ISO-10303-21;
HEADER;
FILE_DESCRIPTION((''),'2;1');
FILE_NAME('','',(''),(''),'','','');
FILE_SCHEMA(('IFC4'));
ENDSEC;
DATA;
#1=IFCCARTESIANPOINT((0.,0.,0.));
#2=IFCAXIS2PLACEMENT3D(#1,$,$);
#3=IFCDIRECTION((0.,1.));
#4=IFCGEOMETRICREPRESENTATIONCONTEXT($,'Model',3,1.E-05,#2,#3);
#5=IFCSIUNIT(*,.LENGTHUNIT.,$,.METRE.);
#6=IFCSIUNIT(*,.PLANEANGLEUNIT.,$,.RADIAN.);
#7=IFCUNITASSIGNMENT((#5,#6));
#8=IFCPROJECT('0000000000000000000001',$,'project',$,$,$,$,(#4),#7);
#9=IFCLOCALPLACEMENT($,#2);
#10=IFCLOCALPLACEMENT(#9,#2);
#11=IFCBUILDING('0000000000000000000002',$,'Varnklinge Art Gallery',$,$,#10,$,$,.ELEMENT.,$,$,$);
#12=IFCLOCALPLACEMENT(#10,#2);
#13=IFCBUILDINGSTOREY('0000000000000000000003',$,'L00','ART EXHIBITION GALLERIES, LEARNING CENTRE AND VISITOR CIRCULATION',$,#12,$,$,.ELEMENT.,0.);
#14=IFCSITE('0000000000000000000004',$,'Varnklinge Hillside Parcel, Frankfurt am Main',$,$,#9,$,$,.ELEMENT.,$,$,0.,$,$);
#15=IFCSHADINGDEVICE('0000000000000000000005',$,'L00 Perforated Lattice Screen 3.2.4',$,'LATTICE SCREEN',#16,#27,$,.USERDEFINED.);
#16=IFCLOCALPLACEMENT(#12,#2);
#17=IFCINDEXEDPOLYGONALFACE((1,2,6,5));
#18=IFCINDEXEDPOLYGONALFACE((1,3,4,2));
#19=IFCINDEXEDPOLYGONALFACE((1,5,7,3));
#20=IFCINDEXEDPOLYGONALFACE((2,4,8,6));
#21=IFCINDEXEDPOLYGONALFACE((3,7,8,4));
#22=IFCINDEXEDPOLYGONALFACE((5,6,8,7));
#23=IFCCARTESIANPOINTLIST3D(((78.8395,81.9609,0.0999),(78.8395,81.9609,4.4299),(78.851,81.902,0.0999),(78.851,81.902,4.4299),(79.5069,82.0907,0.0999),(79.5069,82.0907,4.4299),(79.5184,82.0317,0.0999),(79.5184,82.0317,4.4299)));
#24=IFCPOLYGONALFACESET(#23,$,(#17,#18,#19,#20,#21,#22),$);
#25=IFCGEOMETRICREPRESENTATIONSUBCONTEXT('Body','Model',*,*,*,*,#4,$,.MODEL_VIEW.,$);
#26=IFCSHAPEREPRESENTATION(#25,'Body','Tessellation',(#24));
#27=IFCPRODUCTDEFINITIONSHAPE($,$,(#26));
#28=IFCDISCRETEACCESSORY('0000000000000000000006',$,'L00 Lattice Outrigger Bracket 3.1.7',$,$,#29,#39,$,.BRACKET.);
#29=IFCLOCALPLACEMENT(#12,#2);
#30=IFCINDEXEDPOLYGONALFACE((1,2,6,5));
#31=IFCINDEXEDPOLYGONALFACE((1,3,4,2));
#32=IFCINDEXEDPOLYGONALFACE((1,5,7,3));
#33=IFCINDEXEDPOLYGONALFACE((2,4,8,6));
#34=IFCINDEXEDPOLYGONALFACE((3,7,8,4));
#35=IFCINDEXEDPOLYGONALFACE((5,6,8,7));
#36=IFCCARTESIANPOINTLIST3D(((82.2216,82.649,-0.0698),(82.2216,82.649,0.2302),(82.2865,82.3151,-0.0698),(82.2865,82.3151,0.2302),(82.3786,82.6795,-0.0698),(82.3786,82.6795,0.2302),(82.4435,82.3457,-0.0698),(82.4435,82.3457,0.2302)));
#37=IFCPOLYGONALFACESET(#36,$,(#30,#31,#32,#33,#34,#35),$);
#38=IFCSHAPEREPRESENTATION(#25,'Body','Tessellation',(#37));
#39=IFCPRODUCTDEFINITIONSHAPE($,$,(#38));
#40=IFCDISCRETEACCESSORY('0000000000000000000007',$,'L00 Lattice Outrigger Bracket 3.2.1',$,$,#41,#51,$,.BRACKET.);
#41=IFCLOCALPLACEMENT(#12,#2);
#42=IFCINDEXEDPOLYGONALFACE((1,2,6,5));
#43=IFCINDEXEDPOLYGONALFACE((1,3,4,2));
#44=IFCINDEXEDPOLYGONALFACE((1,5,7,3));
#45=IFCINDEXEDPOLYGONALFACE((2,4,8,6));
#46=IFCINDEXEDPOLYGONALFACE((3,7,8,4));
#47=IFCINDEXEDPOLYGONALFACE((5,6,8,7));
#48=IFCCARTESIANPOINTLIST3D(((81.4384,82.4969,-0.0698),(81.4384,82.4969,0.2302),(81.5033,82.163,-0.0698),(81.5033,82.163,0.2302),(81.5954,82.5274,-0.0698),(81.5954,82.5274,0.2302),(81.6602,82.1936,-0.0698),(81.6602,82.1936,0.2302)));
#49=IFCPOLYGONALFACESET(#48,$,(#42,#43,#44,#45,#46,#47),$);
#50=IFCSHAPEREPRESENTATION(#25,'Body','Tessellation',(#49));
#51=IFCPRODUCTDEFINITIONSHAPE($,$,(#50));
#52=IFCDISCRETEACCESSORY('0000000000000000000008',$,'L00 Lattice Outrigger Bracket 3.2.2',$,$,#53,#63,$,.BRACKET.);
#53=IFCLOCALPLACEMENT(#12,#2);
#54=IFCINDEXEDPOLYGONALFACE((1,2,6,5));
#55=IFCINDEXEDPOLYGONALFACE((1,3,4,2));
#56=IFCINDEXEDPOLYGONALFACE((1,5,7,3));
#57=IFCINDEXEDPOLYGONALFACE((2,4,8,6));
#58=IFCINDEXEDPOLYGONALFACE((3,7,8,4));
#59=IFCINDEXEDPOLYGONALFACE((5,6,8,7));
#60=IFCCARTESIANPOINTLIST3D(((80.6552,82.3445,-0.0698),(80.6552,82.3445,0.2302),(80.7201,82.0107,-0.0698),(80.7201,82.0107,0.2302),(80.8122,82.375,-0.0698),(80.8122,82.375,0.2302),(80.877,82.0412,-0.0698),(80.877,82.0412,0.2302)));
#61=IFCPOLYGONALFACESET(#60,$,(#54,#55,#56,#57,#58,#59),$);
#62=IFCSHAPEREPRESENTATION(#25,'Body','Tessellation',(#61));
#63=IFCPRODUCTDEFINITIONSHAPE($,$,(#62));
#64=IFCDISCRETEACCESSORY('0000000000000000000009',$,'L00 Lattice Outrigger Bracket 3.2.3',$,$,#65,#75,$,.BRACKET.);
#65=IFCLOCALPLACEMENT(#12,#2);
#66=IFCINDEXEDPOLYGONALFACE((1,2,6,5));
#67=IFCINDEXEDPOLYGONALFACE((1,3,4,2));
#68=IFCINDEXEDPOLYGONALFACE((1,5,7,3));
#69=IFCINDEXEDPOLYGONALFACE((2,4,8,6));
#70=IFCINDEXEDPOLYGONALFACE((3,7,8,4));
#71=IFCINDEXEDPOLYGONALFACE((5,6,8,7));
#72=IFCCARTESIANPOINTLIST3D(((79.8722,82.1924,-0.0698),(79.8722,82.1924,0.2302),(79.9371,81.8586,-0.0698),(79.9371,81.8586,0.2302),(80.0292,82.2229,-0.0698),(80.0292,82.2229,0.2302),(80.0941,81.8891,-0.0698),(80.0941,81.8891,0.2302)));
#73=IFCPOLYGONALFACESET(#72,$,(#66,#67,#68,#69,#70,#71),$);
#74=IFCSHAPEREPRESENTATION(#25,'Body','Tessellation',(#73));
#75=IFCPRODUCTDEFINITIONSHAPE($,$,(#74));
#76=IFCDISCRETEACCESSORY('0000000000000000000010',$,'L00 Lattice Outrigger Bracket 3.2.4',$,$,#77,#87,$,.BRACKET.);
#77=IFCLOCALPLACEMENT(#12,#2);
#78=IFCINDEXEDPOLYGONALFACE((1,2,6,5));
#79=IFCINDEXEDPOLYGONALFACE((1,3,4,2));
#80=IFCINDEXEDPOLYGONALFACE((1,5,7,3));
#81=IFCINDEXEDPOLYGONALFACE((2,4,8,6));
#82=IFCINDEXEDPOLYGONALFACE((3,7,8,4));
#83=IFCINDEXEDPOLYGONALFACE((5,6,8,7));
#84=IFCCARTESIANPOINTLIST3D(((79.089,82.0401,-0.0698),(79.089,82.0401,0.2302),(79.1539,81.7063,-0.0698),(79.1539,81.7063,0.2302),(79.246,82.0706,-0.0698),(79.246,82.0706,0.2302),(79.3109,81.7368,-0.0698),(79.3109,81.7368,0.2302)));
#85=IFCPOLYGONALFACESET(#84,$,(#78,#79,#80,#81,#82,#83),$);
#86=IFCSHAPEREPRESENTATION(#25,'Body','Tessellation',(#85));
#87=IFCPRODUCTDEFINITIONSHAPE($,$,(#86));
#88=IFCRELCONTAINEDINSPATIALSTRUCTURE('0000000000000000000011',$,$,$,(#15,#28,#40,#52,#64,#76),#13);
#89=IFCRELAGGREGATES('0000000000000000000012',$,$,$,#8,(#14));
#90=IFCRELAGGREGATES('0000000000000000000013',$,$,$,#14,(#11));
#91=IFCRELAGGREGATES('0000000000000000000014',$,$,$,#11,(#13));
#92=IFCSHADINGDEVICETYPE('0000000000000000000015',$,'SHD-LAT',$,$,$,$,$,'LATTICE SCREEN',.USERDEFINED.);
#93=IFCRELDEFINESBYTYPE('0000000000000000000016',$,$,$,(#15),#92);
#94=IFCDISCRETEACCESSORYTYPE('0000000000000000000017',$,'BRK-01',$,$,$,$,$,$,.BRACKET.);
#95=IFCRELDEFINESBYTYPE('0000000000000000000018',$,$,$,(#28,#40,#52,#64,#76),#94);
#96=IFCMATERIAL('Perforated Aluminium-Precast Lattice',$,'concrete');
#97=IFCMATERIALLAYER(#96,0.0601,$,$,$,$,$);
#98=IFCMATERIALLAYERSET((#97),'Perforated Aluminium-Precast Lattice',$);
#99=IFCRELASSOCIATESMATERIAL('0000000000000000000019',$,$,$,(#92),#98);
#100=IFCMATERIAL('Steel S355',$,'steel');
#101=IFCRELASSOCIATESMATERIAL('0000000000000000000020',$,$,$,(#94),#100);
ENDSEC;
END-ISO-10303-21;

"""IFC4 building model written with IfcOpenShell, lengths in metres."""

from ifc_helpers import new_model, si_unit, direction, frame, origin, origin_2d, place, context, subcontext, project, spatial, rectangle, extrude, material, layer, layer_set, type_object, element, save


model = new_model("IFC4")

# Units and contexts
model_context = context("Model", 3, precision=1e-05, world=origin(), true_north=direction((0.0, 1.0)))
body_context = subcontext(model_context, "Body", "Model", "MODEL_VIEW")
ifc_project = project(units=[si_unit("LENGTHUNIT", "METRE"), si_unit("PLANEANGLEUNIT", "RADIAN")], contexts=[model_context])

# Site, building, storey
site_placement = place(None, origin())
site = spatial("IfcSite", under=ifc_project, at=site_placement, Name="Varnklinge Hillside Parcel, Frankfurt am Main", CompositionType="ELEMENT", RefElevation=0.0)
building_placement = place(site_placement, origin())
building = spatial("IfcBuilding", under=site, at=building_placement, Name="Varnklinge Art Gallery", CompositionType="ELEMENT")
storey_placement = place(building_placement, origin())
storey = spatial("IfcBuildingStorey", under=building, at=storey_placement, Name="L00", Description="ART EXHIBITION GALLERIES, LEARNING CENTRE AND VISITOR CIRCULATION", CompositionType="ELEMENT", Elevation=0.0)

# Shading device
ifc_material_1 = material(Name="Perforated Aluminium-Precast Lattice", Category="concrete")
ifc_layer_1 = layer(ifc_material_1, 0.0601)
ifc_layer_set_1 = layer_set([ifc_layer_1], Name="Perforated Aluminium-Precast Lattice")
shading_device_type = type_object("IfcShadingDeviceType", Name="SHD-LAT", ElementType="LATTICE SCREEN", PredefinedType="USERDEFINED", material=ifc_layer_set_1)
for number, where, z_axis, x_axis, name in (
    (1, (79.179, 81.9963, 0.0999), (0.0, 0.0, 1.0), (-0.981627, -0.190809, 0.0), "L00 Perforated Lattice Screen 3.2.4"),
):
    element("IfcShadingDevice", number, at=place(storey_placement, frame(where, z_axis=z_axis, x_axis=x_axis)), inside=storey, type_object=shading_device_type, Name=name, ObjectType="LATTICE SCREEN", PredefinedType="USERDEFINED", context=body_context, shape_type="SweptSolid", body=[
        extrude(rectangle(XDim=0.6799, YDim=0.0601, at=origin_2d()), origin(), (0.0, 0.0, 1.0), 4.3301),
    ])

# Discrete accessories
ifc_material_2 = material(Name="Steel S355", Category="steel")
discrete_accessory_type = type_object("IfcDiscreteAccessoryType", Name="BRK-01", PredefinedType="BRACKET", material=ifc_material_2)
for number, where, z_axis, x_axis, name in (
    (2, (82.3325, 82.4973, -0.0698), (0.0, 0.0, 1.0), (-0.981627, -0.190809, 0.0), "L00 Lattice Outrigger Bracket 3.1.7"),
    (3, (81.5493, 82.3452, -0.0698), (0.0, 0.0, 1.0), (-0.981627, -0.190809, 0.0), "L00 Lattice Outrigger Bracket 3.2.1"),
    (4, (80.7661, 82.1929, -0.0698), (0.0, 0.0, 1.0), (-0.981627, -0.190809, 0.0), "L00 Lattice Outrigger Bracket 3.2.2"),
    (5, (79.9832, 82.0408, -0.0698), (0.0, 0.0, 1.0), (-0.981627, -0.190809, 0.0), "L00 Lattice Outrigger Bracket 3.2.3"),
    (6, (79.2, 81.8884, -0.0698), (0.0, 0.0, 1.0), (-0.981627, -0.190809, 0.0), "L00 Lattice Outrigger Bracket 3.2.4"),
):
    element("IfcDiscreteAccessory", number, at=place(storey_placement, frame(where, z_axis=z_axis, x_axis=x_axis)), inside=storey, type_object=discrete_accessory_type, Name=name, PredefinedType="BRACKET", context=body_context, shape_type="SweptSolid", body=[
        extrude(rectangle(XDim=0.1599, YDim=0.3401, at=origin_2d()), origin(), (0.0, 0.0, 1.0), 0.3),
    ])

save(model, "model.ifc")
